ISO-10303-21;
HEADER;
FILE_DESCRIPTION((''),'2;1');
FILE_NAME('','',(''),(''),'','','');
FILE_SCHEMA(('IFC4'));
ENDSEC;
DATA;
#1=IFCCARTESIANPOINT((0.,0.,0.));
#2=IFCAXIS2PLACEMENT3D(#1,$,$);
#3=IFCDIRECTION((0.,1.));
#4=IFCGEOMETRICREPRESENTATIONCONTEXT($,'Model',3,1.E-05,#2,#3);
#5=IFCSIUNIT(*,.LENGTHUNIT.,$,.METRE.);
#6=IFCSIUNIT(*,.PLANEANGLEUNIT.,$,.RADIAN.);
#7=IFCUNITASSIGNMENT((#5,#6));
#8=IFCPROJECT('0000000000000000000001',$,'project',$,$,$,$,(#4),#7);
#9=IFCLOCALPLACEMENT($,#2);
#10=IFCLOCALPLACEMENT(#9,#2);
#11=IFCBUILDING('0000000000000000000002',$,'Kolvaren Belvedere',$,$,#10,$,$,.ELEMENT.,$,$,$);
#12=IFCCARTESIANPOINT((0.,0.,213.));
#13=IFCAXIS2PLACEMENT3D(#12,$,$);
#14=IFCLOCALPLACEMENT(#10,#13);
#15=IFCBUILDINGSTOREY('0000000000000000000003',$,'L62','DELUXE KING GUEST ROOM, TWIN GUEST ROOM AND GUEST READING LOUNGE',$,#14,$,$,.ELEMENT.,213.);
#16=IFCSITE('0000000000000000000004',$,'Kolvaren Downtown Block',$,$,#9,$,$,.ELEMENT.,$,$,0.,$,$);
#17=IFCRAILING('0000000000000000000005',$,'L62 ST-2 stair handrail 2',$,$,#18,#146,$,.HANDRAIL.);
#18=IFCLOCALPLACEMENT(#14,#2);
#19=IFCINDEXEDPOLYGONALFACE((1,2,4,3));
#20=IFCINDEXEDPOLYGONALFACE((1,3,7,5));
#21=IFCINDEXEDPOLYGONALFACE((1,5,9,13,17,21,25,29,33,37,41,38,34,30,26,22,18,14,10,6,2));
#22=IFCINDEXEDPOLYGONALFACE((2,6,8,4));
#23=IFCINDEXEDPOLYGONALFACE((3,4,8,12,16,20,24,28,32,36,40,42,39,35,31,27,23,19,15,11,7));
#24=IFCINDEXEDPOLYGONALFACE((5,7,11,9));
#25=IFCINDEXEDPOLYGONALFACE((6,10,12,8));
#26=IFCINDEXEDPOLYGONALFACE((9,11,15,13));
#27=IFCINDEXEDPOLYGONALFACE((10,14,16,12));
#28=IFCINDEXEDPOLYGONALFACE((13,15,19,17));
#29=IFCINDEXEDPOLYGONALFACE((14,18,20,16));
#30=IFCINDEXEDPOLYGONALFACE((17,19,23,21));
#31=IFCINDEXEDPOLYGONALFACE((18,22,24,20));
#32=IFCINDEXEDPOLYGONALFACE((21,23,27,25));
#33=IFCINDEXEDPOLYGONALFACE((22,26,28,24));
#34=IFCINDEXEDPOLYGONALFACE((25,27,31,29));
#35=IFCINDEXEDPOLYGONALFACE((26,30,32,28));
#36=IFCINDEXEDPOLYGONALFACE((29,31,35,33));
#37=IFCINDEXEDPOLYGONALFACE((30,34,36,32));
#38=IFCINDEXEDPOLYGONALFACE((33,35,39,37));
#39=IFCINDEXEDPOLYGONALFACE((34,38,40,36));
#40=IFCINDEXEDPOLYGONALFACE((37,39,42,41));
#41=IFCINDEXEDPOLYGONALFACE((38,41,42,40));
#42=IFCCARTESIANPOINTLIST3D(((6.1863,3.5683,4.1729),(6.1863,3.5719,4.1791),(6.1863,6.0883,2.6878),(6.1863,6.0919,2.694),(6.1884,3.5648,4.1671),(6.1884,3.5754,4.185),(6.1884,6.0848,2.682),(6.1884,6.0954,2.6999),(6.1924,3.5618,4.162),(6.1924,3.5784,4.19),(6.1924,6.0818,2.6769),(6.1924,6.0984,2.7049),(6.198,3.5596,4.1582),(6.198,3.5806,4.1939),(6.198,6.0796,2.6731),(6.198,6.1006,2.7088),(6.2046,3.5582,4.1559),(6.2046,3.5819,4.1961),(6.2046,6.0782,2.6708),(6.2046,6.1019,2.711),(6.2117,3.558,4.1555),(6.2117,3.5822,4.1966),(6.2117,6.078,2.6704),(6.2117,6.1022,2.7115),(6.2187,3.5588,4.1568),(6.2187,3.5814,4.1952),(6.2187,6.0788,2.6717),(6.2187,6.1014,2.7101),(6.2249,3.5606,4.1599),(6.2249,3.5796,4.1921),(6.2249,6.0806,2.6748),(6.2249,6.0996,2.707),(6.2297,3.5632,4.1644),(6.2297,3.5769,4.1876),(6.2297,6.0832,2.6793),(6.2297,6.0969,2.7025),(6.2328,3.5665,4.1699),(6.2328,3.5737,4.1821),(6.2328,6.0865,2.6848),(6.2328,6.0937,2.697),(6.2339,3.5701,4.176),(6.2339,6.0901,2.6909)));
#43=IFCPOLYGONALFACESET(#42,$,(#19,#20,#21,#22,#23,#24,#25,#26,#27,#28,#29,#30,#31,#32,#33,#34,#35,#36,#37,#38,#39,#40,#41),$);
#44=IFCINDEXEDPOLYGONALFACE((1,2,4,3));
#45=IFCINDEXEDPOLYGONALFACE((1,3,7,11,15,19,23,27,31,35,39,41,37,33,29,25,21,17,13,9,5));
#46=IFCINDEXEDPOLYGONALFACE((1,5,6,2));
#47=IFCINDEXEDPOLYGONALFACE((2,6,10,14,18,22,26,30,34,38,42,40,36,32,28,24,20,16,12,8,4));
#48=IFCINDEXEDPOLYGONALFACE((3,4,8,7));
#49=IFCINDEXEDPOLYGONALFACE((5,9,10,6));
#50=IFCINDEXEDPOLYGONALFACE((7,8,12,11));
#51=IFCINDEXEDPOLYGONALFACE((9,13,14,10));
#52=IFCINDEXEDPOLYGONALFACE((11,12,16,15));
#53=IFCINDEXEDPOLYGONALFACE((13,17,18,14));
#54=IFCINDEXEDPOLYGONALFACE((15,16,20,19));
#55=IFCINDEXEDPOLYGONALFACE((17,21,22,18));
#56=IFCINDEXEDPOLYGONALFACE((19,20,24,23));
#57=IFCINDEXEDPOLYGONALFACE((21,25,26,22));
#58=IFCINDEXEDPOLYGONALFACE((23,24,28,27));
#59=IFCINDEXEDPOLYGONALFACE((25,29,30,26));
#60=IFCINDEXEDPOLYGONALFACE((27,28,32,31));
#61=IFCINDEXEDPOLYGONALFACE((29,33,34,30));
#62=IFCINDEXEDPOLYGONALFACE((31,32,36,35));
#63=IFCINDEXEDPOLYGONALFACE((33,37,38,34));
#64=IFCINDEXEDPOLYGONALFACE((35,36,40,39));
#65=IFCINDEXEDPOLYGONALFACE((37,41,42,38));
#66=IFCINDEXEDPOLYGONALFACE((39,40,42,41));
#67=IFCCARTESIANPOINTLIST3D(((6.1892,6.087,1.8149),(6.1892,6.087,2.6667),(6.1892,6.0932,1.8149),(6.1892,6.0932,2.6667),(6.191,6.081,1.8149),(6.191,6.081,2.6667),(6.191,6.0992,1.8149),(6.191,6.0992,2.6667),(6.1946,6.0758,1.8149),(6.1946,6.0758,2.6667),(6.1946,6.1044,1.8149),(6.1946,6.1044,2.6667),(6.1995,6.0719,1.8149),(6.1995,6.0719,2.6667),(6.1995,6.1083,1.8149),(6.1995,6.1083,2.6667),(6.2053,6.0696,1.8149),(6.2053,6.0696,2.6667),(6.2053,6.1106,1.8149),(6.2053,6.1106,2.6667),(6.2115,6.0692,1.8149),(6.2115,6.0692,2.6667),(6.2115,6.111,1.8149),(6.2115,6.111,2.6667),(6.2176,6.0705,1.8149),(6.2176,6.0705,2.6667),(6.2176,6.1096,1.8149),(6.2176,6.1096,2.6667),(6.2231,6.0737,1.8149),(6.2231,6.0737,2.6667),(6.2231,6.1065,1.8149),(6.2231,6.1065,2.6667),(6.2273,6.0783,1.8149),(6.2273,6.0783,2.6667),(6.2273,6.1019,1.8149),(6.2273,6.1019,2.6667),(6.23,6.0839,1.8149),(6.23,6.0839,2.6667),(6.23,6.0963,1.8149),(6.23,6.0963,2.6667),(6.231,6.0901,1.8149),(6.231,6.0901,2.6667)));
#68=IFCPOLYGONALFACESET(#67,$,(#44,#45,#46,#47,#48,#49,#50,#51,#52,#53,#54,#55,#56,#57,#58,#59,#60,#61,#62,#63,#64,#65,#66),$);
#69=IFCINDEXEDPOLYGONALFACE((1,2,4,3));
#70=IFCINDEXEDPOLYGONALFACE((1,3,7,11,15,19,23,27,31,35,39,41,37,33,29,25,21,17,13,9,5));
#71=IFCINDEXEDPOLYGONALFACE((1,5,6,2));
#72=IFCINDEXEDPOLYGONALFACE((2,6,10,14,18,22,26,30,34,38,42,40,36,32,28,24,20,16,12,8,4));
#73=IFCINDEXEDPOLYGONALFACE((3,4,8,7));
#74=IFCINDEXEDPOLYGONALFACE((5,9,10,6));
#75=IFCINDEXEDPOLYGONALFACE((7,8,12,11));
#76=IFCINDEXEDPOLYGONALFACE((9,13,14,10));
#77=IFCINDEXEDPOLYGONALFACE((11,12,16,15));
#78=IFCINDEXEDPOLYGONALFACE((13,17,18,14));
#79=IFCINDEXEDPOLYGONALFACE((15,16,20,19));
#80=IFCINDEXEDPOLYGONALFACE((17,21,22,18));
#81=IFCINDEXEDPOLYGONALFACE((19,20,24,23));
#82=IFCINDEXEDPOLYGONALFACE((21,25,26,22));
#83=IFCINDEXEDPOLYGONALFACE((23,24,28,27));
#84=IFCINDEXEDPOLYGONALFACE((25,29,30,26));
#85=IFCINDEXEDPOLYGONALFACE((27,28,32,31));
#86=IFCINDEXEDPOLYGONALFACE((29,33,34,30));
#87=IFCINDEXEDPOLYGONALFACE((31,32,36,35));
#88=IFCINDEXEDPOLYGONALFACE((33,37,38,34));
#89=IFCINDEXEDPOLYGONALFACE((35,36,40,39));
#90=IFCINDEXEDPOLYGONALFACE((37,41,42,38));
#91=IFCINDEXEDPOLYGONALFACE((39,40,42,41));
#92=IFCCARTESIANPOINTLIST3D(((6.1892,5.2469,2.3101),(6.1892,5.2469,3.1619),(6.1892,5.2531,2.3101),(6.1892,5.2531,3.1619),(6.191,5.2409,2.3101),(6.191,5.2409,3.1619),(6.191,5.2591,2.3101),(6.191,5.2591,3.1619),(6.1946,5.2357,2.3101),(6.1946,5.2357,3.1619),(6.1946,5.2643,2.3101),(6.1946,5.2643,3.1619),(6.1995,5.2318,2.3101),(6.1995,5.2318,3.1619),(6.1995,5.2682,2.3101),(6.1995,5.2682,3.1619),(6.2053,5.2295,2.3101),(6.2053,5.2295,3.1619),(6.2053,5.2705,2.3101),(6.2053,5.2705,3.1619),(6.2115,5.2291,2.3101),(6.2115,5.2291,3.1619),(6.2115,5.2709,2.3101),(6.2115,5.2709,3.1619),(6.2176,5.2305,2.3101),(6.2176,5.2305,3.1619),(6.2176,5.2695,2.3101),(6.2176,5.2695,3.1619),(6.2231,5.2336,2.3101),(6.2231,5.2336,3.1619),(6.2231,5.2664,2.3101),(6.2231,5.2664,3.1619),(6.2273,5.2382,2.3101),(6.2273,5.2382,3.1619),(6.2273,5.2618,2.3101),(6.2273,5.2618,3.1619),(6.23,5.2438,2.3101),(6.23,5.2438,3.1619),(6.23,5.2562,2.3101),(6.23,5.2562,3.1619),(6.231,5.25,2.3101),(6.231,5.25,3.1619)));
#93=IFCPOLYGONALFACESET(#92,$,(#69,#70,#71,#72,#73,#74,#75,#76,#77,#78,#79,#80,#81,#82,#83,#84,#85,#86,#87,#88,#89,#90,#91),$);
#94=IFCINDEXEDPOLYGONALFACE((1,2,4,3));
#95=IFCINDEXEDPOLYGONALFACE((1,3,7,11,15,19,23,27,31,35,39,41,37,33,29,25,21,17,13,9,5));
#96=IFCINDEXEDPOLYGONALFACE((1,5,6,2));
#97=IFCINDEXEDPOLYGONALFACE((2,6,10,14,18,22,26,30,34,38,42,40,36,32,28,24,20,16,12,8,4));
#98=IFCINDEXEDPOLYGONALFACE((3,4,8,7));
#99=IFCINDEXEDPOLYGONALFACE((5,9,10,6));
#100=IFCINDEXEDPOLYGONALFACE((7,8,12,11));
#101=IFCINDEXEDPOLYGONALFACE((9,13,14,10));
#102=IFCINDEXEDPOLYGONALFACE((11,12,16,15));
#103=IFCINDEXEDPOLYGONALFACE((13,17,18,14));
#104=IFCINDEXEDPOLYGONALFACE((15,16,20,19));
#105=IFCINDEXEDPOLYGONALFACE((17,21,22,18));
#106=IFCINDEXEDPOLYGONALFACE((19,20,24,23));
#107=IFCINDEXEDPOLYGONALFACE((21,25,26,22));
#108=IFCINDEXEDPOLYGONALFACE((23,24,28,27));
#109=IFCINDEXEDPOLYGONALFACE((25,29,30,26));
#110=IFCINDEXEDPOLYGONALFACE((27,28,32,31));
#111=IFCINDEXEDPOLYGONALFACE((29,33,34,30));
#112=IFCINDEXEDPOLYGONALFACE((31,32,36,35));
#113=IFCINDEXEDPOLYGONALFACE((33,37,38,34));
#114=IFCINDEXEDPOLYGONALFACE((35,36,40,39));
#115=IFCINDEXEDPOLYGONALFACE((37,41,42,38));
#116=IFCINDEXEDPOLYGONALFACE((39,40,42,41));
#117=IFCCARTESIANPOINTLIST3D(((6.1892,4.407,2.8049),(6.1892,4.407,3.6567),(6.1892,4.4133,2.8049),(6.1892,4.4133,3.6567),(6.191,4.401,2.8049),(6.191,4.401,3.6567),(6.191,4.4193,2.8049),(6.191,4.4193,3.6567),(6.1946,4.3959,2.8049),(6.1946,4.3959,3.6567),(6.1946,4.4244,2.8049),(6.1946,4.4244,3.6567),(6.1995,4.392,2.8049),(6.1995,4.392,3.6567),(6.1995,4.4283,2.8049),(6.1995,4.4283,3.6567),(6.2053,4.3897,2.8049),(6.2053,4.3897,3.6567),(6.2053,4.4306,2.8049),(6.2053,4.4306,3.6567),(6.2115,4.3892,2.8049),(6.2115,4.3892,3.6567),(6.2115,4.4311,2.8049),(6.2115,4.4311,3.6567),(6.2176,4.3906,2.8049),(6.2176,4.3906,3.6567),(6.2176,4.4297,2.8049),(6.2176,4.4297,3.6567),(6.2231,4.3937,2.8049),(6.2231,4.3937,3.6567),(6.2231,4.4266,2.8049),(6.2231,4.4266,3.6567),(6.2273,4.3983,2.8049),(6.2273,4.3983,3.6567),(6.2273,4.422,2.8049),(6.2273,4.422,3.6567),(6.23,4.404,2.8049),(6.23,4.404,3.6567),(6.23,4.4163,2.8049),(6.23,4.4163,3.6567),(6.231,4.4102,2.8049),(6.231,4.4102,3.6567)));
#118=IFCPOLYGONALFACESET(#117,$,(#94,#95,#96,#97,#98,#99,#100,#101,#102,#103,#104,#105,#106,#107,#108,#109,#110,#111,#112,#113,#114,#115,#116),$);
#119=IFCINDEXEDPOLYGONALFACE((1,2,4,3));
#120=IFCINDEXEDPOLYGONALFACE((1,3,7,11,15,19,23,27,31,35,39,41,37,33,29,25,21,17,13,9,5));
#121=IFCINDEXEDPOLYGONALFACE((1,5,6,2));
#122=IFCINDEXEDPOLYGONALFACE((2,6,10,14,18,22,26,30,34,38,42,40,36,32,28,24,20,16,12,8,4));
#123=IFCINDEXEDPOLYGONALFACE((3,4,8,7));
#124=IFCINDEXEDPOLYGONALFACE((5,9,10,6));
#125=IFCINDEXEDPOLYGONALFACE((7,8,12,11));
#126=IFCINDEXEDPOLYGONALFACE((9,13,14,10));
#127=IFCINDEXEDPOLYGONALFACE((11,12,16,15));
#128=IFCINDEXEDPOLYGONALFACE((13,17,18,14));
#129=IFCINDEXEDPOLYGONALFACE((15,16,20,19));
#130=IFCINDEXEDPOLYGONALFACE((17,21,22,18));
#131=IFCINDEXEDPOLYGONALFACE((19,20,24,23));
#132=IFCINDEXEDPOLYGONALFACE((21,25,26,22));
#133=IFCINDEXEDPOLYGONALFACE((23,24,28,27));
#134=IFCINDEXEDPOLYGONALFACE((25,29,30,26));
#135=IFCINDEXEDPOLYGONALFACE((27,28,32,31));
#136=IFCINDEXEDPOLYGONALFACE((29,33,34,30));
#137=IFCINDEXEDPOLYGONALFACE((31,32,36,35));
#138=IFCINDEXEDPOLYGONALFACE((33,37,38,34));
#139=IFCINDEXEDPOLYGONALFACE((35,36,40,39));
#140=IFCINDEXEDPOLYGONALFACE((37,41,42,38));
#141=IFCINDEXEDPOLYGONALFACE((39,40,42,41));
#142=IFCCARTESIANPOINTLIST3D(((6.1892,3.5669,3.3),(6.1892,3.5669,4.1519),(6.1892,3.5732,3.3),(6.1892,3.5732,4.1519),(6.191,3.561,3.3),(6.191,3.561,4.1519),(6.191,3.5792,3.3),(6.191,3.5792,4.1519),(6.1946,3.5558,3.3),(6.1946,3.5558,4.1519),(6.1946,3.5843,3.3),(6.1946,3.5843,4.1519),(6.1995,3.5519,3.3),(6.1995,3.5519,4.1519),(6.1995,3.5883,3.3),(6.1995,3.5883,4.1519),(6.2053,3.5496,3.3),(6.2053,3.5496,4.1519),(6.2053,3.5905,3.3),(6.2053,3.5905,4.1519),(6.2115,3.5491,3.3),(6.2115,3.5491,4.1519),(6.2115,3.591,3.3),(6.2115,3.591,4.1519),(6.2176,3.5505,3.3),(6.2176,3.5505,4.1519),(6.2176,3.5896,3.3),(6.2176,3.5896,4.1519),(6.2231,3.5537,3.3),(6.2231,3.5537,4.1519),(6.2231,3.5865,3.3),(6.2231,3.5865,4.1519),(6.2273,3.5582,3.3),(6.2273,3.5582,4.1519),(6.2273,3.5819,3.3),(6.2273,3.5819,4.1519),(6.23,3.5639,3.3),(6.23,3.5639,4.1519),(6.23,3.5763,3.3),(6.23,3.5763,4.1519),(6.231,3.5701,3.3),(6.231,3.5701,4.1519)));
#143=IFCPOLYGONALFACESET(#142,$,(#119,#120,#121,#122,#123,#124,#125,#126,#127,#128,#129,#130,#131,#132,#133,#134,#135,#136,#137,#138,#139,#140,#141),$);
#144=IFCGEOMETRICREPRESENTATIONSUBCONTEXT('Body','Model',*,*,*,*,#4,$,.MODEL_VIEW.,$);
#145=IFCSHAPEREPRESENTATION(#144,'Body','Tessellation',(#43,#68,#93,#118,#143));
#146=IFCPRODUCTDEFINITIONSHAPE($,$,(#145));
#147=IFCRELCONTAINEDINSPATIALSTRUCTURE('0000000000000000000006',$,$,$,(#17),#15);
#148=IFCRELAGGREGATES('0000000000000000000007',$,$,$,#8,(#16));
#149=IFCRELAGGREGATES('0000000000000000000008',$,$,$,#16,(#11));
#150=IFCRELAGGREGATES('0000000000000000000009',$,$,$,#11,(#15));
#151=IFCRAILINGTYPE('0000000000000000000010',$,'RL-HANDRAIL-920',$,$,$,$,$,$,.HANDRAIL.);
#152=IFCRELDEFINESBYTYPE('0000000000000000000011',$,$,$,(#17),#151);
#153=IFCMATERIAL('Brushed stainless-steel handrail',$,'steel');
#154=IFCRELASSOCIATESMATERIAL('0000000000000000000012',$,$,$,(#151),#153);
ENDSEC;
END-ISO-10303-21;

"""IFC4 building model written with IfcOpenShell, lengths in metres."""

from ifc_helpers import new_model, si_unit, direction, frame, origin, origin_2d, place, context, subcontext, project, spatial, circle, extrude, material, type_object, element, save


model = new_model("IFC4")

# Units and contexts
model_context = context("Model", 3, precision=1e-05, world=origin(), true_north=direction((0.0, 1.0)))
body_context = subcontext(model_context, "Body", "Model", "MODEL_VIEW")
ifc_project = project(units=[si_unit("LENGTHUNIT", "METRE"), si_unit("PLANEANGLEUNIT", "RADIAN")], contexts=[model_context])

# Site, building, storey
site_placement = place(None, origin())
site = spatial("IfcSite", under=ifc_project, at=site_placement, Name="Kolvaren Downtown Block", CompositionType="ELEMENT", RefElevation=0.0)
building_placement = place(site_placement, origin())
building = spatial("IfcBuilding", under=site, at=building_placement, Name="Kolvaren Belvedere", CompositionType="ELEMENT")
storey_placement = place(building_placement, frame((0.0, 0.0, 213.0)))
storey = spatial("IfcBuildingStorey", under=building, at=storey_placement, Name="L62", Description="DELUXE KING GUEST ROOM, TWIN GUEST ROOM AND GUEST READING LOUNGE", CompositionType="ELEMENT", Elevation=213.0)

# Railing
ifc_material_1 = material(Name="Brushed stainless-steel handrail", Category="steel")
railing_type_1 = type_object("IfcRailingType", Name="RL-HANDRAIL-920", PredefinedType="HANDRAIL", material=ifc_material_1)
railing_1_placement = place(storey_placement, frame((6.21, 6.0901, 1.8149)))
element("IfcRailing", 1, at=railing_1_placement, inside=storey, type_object=railing_type_1, Name="L62 ST-2 stair handrail 2", PredefinedType="HANDRAIL", context=body_context, shape_type="SweptSolid", body=[
    extrude(circle(Radius=0.0239, at=origin_2d()), frame((0.0, 0.0, 0.876), z_axis=(0.0, -0.861524, 0.507717), x_axis=(1.0, 0.0, 0.0)), (0.0, 0.0, 1.0), 2.925),
    extrude(circle(Radius=0.021, at=origin_2d()), origin(), (0.0, 0.0, 1.0), 0.8518),
    extrude(circle(Radius=0.021, at=origin_2d()), frame((0.0, -0.8401, 0.4951)), (0.0, 0.0, 1.0), 0.8518),
    extrude(circle(Radius=0.021, at=origin_2d()), frame((0.0, -1.6799, 0.99)), (0.0, 0.0, 1.0), 0.8518),
    extrude(circle(Radius=0.021, at=origin_2d()), frame((0.0, -2.52, 1.4851)), (0.0, 0.0, 1.0), 0.8518),
])

save(model, "model.ifc")
